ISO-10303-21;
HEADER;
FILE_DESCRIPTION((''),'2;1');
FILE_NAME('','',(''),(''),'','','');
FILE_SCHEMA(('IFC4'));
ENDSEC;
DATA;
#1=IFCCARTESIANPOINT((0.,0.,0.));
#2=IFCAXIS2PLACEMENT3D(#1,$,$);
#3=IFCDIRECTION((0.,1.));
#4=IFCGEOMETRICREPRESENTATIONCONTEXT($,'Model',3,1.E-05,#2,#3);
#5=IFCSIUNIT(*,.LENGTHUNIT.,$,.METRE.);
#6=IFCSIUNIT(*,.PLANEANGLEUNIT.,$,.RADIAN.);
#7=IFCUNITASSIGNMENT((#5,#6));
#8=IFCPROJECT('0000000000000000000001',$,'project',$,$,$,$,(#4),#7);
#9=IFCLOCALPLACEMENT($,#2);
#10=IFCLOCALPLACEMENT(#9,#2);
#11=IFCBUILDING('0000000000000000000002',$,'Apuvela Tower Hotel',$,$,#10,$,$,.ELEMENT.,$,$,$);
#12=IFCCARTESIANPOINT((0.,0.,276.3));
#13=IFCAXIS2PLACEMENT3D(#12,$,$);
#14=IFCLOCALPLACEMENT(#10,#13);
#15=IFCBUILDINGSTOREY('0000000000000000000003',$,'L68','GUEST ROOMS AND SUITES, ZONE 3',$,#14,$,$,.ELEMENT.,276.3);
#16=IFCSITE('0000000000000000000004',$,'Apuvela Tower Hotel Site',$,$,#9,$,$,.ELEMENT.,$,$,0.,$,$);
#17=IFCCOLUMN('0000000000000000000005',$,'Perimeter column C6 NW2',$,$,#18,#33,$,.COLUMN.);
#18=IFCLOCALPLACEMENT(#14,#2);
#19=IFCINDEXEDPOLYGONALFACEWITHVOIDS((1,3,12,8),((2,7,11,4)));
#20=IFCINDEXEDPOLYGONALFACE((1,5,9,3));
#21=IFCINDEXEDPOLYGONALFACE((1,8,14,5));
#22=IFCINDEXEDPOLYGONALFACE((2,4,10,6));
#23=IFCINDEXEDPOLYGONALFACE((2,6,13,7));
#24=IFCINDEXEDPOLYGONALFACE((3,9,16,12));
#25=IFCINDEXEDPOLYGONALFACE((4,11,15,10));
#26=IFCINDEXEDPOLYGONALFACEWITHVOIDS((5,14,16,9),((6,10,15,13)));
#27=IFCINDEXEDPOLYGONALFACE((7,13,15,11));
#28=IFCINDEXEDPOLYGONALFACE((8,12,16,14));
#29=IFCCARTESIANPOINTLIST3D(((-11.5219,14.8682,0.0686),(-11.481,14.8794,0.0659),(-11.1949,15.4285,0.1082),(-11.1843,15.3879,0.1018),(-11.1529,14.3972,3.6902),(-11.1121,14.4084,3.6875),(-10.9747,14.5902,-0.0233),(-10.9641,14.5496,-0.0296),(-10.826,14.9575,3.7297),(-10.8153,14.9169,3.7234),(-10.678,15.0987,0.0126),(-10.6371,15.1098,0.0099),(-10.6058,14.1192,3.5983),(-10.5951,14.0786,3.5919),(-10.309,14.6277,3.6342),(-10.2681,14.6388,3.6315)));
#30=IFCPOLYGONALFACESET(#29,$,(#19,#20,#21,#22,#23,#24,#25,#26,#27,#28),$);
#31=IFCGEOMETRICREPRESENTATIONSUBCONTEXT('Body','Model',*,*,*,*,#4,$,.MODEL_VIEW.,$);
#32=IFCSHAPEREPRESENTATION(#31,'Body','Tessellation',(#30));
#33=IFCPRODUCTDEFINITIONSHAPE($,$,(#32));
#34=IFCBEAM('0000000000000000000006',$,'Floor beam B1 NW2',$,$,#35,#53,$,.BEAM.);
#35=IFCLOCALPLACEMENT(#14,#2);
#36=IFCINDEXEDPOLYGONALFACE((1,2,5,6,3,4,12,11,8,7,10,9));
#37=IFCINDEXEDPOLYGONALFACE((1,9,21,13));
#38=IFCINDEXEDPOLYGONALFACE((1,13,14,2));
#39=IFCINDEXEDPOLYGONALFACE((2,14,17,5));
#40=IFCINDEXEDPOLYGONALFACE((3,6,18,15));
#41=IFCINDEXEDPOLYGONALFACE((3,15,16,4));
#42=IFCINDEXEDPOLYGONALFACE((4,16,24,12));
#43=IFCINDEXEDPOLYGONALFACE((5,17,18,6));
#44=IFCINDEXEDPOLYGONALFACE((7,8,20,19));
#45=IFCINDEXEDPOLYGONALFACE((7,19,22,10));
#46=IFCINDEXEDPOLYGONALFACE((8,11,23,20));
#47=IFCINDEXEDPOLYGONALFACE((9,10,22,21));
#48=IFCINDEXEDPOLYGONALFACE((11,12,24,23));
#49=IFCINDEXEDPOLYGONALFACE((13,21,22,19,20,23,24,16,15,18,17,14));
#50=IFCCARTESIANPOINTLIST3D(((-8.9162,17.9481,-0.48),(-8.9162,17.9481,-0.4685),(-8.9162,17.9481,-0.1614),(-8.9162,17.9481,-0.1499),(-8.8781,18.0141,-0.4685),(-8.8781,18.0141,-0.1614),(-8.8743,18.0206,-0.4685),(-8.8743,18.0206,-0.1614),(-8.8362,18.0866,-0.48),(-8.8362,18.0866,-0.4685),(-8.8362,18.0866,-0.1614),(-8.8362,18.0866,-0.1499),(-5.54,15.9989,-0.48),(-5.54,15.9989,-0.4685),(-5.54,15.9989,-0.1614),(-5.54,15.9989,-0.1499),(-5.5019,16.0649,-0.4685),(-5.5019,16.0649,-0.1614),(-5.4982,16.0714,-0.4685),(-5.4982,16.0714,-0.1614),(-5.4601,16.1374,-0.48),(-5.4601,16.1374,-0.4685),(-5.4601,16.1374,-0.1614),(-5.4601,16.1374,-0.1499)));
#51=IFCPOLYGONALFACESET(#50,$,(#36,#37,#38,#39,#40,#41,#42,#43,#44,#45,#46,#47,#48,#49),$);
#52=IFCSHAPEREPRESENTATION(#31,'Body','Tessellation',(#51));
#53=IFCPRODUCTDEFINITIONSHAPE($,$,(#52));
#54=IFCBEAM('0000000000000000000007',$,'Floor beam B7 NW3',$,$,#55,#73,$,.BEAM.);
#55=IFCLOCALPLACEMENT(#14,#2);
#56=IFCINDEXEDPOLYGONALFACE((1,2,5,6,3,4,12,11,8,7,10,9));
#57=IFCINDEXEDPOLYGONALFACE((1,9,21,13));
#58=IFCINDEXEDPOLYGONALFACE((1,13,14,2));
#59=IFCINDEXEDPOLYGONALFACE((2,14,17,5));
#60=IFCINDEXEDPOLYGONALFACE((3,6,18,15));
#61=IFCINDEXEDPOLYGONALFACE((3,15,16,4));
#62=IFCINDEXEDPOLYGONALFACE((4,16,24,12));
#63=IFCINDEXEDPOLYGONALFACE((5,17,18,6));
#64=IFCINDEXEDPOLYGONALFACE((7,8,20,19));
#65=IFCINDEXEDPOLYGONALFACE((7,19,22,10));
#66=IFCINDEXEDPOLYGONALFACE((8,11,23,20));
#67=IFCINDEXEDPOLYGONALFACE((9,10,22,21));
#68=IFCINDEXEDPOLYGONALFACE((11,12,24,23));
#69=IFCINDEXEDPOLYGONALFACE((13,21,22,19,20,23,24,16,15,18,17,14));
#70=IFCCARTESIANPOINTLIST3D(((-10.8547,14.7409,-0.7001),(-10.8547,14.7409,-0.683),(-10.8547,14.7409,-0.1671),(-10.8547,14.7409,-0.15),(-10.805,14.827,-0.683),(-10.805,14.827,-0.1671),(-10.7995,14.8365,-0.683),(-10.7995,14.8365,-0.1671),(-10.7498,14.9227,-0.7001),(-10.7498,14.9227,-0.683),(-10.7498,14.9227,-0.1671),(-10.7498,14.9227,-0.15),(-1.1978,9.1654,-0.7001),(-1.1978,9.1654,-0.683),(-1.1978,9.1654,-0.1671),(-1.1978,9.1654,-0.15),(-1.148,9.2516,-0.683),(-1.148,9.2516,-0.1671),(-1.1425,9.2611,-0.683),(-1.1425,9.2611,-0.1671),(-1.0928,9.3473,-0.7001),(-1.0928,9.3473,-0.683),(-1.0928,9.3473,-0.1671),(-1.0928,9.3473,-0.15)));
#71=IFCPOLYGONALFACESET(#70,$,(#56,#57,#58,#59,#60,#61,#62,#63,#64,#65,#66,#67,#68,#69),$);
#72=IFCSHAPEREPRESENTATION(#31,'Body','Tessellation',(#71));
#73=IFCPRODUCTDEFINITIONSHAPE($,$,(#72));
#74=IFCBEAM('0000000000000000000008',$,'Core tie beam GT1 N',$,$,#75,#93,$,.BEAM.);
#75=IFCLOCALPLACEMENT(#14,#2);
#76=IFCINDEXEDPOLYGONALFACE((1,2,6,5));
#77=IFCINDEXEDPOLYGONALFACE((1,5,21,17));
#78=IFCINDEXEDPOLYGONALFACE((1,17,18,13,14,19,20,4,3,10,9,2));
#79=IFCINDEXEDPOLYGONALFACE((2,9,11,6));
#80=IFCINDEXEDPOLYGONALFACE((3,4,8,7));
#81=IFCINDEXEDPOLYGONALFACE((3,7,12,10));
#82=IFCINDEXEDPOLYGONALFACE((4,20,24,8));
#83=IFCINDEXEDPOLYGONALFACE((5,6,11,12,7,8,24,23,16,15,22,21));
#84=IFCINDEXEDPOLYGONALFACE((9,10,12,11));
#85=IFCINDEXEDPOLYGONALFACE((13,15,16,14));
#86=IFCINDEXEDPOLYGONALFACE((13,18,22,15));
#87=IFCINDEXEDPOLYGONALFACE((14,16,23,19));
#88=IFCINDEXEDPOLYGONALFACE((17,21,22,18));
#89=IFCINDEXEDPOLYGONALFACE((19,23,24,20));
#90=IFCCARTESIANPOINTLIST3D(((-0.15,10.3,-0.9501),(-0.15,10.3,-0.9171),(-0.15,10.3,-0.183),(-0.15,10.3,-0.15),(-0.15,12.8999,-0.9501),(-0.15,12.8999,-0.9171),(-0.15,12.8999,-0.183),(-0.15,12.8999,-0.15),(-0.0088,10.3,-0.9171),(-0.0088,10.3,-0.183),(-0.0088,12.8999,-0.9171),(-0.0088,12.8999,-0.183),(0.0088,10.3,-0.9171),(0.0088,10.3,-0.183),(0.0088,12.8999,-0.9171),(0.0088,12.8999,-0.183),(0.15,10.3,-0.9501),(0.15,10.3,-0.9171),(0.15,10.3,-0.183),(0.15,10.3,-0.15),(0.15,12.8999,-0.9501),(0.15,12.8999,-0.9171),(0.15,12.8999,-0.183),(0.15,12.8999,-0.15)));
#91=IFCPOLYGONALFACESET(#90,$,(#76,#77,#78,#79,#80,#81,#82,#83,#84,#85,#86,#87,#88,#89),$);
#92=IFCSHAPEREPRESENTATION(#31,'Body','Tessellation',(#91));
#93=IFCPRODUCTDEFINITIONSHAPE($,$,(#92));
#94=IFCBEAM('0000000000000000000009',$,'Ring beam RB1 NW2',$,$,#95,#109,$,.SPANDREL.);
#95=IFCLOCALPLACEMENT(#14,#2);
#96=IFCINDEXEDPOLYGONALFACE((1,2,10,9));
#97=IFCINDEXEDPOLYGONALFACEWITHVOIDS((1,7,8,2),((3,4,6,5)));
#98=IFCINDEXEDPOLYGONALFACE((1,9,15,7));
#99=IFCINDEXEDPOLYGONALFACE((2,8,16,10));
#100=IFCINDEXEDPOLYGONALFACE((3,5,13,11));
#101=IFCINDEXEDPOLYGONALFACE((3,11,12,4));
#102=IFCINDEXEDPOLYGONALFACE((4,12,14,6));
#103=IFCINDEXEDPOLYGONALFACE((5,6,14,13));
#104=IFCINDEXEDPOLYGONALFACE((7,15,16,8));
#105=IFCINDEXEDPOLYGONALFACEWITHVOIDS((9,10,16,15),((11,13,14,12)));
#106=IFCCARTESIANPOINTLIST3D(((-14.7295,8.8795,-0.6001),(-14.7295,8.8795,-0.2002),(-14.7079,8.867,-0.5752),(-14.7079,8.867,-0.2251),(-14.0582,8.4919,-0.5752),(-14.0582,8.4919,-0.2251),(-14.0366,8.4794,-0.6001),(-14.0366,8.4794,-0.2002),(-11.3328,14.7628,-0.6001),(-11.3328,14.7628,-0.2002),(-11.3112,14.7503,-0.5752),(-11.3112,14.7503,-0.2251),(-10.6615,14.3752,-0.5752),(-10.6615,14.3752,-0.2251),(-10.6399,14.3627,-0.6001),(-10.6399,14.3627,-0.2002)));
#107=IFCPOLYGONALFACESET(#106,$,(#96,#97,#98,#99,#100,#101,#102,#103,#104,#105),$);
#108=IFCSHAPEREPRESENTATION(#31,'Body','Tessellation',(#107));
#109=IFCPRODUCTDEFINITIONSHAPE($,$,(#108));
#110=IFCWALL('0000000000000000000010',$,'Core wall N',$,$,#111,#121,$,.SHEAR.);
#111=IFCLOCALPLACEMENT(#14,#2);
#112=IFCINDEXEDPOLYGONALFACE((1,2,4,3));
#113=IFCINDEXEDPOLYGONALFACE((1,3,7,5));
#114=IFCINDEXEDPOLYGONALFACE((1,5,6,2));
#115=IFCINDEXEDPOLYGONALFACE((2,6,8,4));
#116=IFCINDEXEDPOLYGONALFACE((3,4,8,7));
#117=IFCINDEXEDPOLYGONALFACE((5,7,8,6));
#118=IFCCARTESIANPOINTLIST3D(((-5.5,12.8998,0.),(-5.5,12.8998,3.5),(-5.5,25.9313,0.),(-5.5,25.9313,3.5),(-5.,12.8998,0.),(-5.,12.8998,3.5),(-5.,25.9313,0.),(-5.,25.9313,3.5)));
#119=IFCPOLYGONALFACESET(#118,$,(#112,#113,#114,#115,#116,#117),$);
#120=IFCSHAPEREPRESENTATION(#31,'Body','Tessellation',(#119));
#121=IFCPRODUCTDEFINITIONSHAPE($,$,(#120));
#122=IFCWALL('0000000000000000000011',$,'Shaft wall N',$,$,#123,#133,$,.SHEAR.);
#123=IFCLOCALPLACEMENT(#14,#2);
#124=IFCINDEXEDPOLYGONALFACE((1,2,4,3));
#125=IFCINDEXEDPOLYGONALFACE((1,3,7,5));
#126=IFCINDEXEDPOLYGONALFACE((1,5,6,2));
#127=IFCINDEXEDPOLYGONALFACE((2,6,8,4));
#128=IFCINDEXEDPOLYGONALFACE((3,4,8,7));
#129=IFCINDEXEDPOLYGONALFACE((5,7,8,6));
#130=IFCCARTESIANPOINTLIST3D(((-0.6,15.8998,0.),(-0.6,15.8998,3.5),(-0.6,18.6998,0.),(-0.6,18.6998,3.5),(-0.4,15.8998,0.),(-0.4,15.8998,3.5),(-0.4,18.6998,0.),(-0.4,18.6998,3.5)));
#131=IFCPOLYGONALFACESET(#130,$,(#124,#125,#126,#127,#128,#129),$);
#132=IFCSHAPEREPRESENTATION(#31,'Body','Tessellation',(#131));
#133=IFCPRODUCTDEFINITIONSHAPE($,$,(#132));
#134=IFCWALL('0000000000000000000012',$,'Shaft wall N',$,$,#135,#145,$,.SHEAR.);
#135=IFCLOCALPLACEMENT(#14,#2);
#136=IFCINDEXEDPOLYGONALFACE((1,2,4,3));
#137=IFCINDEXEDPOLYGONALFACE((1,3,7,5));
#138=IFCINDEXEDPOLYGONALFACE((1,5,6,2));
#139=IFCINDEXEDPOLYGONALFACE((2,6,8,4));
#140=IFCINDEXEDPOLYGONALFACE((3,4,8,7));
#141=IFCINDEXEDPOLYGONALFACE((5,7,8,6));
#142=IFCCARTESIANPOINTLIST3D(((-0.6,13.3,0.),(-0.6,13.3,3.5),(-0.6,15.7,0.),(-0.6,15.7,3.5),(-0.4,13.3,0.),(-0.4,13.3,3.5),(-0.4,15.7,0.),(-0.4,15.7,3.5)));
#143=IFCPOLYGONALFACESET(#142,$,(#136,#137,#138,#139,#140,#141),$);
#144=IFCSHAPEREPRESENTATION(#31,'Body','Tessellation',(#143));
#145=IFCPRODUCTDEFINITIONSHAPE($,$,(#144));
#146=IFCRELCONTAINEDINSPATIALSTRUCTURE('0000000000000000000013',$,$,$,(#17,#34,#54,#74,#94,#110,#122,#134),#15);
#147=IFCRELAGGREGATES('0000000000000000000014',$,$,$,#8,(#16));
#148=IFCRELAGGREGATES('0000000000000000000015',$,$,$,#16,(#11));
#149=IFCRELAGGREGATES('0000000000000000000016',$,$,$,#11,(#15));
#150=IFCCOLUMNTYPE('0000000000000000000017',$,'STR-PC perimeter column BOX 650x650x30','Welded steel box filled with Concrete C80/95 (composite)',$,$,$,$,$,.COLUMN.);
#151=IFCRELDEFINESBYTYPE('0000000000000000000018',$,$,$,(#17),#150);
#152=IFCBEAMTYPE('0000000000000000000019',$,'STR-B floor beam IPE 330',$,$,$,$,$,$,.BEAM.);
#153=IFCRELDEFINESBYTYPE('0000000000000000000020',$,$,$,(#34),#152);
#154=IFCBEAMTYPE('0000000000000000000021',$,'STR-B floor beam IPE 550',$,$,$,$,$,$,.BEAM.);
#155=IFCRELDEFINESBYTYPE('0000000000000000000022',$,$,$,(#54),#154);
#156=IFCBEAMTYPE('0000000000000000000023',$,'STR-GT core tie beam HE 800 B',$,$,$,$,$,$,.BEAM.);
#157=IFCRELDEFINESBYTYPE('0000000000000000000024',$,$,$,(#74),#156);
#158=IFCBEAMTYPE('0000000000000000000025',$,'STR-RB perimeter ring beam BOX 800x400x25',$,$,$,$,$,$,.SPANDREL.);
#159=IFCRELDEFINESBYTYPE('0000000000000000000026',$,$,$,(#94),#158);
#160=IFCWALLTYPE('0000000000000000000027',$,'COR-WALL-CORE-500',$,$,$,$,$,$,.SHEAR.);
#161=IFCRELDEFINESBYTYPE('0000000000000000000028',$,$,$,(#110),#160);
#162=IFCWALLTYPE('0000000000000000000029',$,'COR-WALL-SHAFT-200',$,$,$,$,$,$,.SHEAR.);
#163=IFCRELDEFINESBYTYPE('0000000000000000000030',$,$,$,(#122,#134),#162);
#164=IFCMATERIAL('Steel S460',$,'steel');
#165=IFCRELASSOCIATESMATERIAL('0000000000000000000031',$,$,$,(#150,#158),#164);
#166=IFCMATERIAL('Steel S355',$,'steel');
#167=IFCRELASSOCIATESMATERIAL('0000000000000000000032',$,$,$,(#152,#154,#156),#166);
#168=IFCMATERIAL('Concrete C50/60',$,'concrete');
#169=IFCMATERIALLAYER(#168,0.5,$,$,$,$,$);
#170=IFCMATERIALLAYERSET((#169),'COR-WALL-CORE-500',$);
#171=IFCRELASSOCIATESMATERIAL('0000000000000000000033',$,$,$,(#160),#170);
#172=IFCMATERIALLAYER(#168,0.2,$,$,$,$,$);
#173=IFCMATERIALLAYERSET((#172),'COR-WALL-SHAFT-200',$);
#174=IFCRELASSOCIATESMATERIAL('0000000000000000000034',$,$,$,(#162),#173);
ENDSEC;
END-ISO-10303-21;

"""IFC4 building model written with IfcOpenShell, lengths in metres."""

from ifc_helpers import new_model, si_unit, direction, frame, frame_2d, origin, origin_2d, place, context, subcontext, project, spatial, rectangle, hollow_rectangle, i_section, extrude, boolean, halfspace, material, layer, layer_set, material_profile, profile_set, type_object, element, save


model = new_model("IFC4")

# Units and contexts
model_context = context("Model", 3, precision=1e-05, world=origin(), true_north=direction((0.0, 1.0)))
body_context = subcontext(model_context, "Body", "Model", "MODEL_VIEW")
ifc_project = project(units=[si_unit("LENGTHUNIT", "METRE"), si_unit("PLANEANGLEUNIT", "RADIAN")], contexts=[model_context])

# Site, building, storey
site_placement = place(None, origin())
site = spatial("IfcSite", under=ifc_project, at=site_placement, Name="Apuvela Tower Hotel Site", CompositionType="ELEMENT", RefElevation=0.0)
building_placement = place(site_placement, origin())
building = spatial("IfcBuilding", under=site, at=building_placement, Name="Apuvela Tower Hotel", CompositionType="ELEMENT")
storey_placement = place(building_placement, frame((0.0, 0.0, 276.3)))
storey = spatial("IfcBuildingStorey", under=building, at=storey_placement, Name="L68", Description="GUEST ROOMS AND SUITES, ZONE 3", CompositionType="ELEMENT", Elevation=276.3)

# Column
ifc_material_1 = material(Name="Steel S460", Category="steel")
ifc_material_profile_1 = material_profile(ifc_material_1, hollow_rectangle(XDim=0.6499, YDim=0.6499, WallThickness=0.03, at=origin_2d()), Name="BOX 650x650x30")
ifc_material_2 = material(Name="Concrete C80/95", Category="concrete")
ifc_material_profile_2 = material_profile(ifc_material_2, rectangle(XDim=0.5901, YDim=0.5901, at=origin_2d()), Name="Concrete C80/95 infill")
ifc_profile_set_1 = profile_set([ifc_material_profile_1, ifc_material_profile_2], Name="Steel S460")
column_type = type_object("IfcColumnType", Name="STR-PC perimeter column BOX 650x650x30", Description="Welded steel box filled with Concrete C80/95 (composite)", PredefinedType="COLUMN", material=ifc_profile_set_1)
column_placement = place(storey_placement, frame((-11.0835, 14.9941, 0.0), z_axis=(0.100518, -0.128317, 0.986626), x_axis=(0.503129, 0.862066, 0.060858)))
element("IfcColumn", 1, at=column_placement, inside=storey, type_object=column_type, Name="Perimeter column C6 NW2", PredefinedType="COLUMN", context=body_context, shape_type="SweptSolid", body=[
    boolean("DIFFERENCE", boolean("DIFFERENCE", extrude(hollow_rectangle(XDim=0.6499, YDim=0.6499, WallThickness=0.03, at=origin_2d()), origin(), (0.0, 0.0, 1.0), 3.75), halfspace(frame((0.0, 0.0, 0.0398), z_axis=(0.0, 0.0, 1.0), x_axis=(1.0, 0.0, 0.0)), True)), halfspace(frame((0.0, 0.0, 3.7104), z_axis=(0.0, 0.0, 1.0), x_axis=(1.0, 0.0, 0.0)), False)),
])

# Beams
ifc_material_3 = material(Name="Steel S355", Category="steel")
ifc_material_profile_3 = material_profile(ifc_material_3, i_section(OverallWidth=0.1599, OverallDepth=0.3301, WebThickness=0.0076, FlangeThickness=0.0115, at=origin_2d()), Name="IPE 330")
ifc_profile_set_2 = profile_set([ifc_material_profile_3], Name="Steel S355")
beam_type_1 = type_object("IfcBeamType", Name="STR-B floor beam IPE 330", PredefinedType="BEAM", material=ifc_profile_set_2)
beam_1_placement = place(storey_placement, frame((-8.8762, 18.0173, -0.3149), z_axis=(0.86603, -0.499992, 0.0), x_axis=(0.499992, 0.86603, 0.0)))
element("IfcBeam", 2, at=beam_1_placement, inside=storey, type_object=beam_type_1, Name="Floor beam B1 NW2", PredefinedType="BEAM", context=body_context, shape_type="SweptSolid", body=[
    extrude(i_section(OverallWidth=0.1599, OverallDepth=0.3301, WebThickness=0.0076, FlangeThickness=0.0115, at=origin_2d()), origin(), (0.0, 0.0, 1.0), 3.8984),
])
ifc_material_profile_4 = material_profile(ifc_material_3, i_section(OverallWidth=0.21, OverallDepth=0.55, WebThickness=0.011, FlangeThickness=0.0171, at=origin_2d()), Name="IPE 550")
ifc_profile_set_3 = profile_set([ifc_material_profile_4], Name="Steel S355")
beam_type_2 = type_object("IfcBeamType", Name="STR-B floor beam IPE 550", PredefinedType="BEAM", material=ifc_profile_set_3)
beam_2_placement = place(storey_placement, frame((-10.8022, 14.8318, -0.425), z_axis=(0.866026, -0.499999, 0.0), x_axis=(0.499999, 0.866026, 0.0)))
element("IfcBeam", 3, at=beam_2_placement, inside=storey, type_object=beam_type_2, Name="Floor beam B7 NW3", PredefinedType="BEAM", context=body_context, shape_type="SweptSolid", body=[
    extrude(i_section(OverallWidth=0.21, OverallDepth=0.55, WebThickness=0.011, FlangeThickness=0.0171, at=origin_2d()), origin(), (0.0, 0.0, 1.0), 11.1509),
])
ifc_material_profile_5 = material_profile(ifc_material_3, i_section(OverallWidth=0.3, OverallDepth=0.8, WebThickness=0.0176, FlangeThickness=0.033, at=origin_2d()), Name="HE 800 B")
ifc_profile_set_4 = profile_set([ifc_material_profile_5], Name="Steel S355")
beam_type_3 = type_object("IfcBeamType", Name="STR-GT core tie beam HE 800 B", PredefinedType="BEAM", material=ifc_profile_set_4)
beam_3_placement = place(storey_placement, frame((0.0, 12.8999, -0.55), z_axis=(0.0, -1.0, 0.0), x_axis=(1.0, 0.0, 0.0)))
element("IfcBeam", 4, at=beam_3_placement, inside=storey, type_object=beam_type_3, Name="Core tie beam GT1 N", PredefinedType="BEAM", context=body_context, shape_type="SweptSolid", body=[
    extrude(i_section(OverallWidth=0.3, OverallDepth=0.8, WebThickness=0.0176, FlangeThickness=0.033, at=origin_2d()), origin(), (0.0, 0.0, 1.0), 2.5999),
])
ifc_material_profile_6 = material_profile(ifc_material_1, hollow_rectangle(XDim=0.8, YDim=0.3999, WallThickness=0.0249, at=origin_2d()), Name="BOX 800x400x25")
ifc_profile_set_5 = profile_set([ifc_material_profile_6], Name="Steel S460")
beam_type_4 = type_object("IfcBeamType", Name="STR-RB perimeter ring beam BOX 800x400x25", PredefinedType="SPANDREL", material=ifc_profile_set_5)
beam_4_placement = place(storey_placement, frame((-10.9863, 14.5627, -0.4001), z_axis=(-0.5, -0.866025, 0.0), x_axis=(0.866025, -0.5, 0.0)))
element("IfcBeam", 5, at=beam_4_placement, inside=storey, type_object=beam_type_4, Name="Ring beam RB1 NW2", PredefinedType="SPANDREL", context=body_context, shape_type="SweptSolid", body=[
    extrude(hollow_rectangle(XDim=0.8, YDim=0.3999, WallThickness=0.0249, at=origin_2d()), origin(), (0.0, 0.0, 1.0), 6.7935),
])

# Walls
ifc_material_4 = material(Name="Concrete C50/60", Category="concrete")
ifc_layer_1 = layer(ifc_material_4, 0.5)
ifc_layer_set_1 = layer_set([ifc_layer_1], Name="COR-WALL-CORE-500")
wall_type_1 = type_object("IfcWallType", Name="COR-WALL-CORE-500", PredefinedType="SHEAR", material=ifc_layer_set_1)
wall_1_placement = place(storey_placement, frame((-5.25, 12.8999, 0.0), z_axis=(0.0, 0.0, 1.0), x_axis=(0.0, 1.0, 0.0)))
element("IfcWall", 6, at=wall_1_placement, inside=storey, type_object=wall_type_1, Name="Core wall N", PredefinedType="SHEAR", context=body_context, shape_type="SweptSolid", body=[
    extrude(rectangle(XDim=13.0315, YDim=0.5, at=frame_2d((6.5156, 0.0))), origin(), (0.0, 0.0, 1.0), 3.5),
])
ifc_layer_2 = layer(ifc_material_4, 0.2)
ifc_layer_set_2 = layer_set([ifc_layer_2], Name="COR-WALL-SHAFT-200")
wall_type_2 = type_object("IfcWallType", Name="COR-WALL-SHAFT-200", PredefinedType="SHEAR", material=ifc_layer_set_2)
wall_2_placement = place(storey_placement, frame((-0.5, 15.8999, 0.0), z_axis=(0.0, 0.0, 1.0), x_axis=(0.0, 1.0, 0.0)))
element("IfcWall", 7, at=wall_2_placement, inside=storey, type_object=wall_type_2, Name="Shaft wall N", PredefinedType="SHEAR", context=body_context, shape_type="SweptSolid", body=[
    extrude(rectangle(XDim=2.8, YDim=0.2, at=frame_2d((1.3999, 0.0))), origin(), (0.0, 0.0, 1.0), 3.5),
])
wall_3_placement = place(storey_placement, frame((-0.5, 13.3, 0.0), z_axis=(0.0, 0.0, 1.0), x_axis=(0.0, 1.0, 0.0)))
element("IfcWall", 8, at=wall_3_placement, inside=storey, type_object=wall_type_2, Name="Shaft wall N", PredefinedType="SHEAR", context=body_context, shape_type="SweptSolid", body=[
    extrude(rectangle(XDim=2.3999, YDim=0.2, at=frame_2d((1.2, 0.0))), origin(), (0.0, 0.0, 1.0), 3.5),
])

save(model, "model.ifc")
